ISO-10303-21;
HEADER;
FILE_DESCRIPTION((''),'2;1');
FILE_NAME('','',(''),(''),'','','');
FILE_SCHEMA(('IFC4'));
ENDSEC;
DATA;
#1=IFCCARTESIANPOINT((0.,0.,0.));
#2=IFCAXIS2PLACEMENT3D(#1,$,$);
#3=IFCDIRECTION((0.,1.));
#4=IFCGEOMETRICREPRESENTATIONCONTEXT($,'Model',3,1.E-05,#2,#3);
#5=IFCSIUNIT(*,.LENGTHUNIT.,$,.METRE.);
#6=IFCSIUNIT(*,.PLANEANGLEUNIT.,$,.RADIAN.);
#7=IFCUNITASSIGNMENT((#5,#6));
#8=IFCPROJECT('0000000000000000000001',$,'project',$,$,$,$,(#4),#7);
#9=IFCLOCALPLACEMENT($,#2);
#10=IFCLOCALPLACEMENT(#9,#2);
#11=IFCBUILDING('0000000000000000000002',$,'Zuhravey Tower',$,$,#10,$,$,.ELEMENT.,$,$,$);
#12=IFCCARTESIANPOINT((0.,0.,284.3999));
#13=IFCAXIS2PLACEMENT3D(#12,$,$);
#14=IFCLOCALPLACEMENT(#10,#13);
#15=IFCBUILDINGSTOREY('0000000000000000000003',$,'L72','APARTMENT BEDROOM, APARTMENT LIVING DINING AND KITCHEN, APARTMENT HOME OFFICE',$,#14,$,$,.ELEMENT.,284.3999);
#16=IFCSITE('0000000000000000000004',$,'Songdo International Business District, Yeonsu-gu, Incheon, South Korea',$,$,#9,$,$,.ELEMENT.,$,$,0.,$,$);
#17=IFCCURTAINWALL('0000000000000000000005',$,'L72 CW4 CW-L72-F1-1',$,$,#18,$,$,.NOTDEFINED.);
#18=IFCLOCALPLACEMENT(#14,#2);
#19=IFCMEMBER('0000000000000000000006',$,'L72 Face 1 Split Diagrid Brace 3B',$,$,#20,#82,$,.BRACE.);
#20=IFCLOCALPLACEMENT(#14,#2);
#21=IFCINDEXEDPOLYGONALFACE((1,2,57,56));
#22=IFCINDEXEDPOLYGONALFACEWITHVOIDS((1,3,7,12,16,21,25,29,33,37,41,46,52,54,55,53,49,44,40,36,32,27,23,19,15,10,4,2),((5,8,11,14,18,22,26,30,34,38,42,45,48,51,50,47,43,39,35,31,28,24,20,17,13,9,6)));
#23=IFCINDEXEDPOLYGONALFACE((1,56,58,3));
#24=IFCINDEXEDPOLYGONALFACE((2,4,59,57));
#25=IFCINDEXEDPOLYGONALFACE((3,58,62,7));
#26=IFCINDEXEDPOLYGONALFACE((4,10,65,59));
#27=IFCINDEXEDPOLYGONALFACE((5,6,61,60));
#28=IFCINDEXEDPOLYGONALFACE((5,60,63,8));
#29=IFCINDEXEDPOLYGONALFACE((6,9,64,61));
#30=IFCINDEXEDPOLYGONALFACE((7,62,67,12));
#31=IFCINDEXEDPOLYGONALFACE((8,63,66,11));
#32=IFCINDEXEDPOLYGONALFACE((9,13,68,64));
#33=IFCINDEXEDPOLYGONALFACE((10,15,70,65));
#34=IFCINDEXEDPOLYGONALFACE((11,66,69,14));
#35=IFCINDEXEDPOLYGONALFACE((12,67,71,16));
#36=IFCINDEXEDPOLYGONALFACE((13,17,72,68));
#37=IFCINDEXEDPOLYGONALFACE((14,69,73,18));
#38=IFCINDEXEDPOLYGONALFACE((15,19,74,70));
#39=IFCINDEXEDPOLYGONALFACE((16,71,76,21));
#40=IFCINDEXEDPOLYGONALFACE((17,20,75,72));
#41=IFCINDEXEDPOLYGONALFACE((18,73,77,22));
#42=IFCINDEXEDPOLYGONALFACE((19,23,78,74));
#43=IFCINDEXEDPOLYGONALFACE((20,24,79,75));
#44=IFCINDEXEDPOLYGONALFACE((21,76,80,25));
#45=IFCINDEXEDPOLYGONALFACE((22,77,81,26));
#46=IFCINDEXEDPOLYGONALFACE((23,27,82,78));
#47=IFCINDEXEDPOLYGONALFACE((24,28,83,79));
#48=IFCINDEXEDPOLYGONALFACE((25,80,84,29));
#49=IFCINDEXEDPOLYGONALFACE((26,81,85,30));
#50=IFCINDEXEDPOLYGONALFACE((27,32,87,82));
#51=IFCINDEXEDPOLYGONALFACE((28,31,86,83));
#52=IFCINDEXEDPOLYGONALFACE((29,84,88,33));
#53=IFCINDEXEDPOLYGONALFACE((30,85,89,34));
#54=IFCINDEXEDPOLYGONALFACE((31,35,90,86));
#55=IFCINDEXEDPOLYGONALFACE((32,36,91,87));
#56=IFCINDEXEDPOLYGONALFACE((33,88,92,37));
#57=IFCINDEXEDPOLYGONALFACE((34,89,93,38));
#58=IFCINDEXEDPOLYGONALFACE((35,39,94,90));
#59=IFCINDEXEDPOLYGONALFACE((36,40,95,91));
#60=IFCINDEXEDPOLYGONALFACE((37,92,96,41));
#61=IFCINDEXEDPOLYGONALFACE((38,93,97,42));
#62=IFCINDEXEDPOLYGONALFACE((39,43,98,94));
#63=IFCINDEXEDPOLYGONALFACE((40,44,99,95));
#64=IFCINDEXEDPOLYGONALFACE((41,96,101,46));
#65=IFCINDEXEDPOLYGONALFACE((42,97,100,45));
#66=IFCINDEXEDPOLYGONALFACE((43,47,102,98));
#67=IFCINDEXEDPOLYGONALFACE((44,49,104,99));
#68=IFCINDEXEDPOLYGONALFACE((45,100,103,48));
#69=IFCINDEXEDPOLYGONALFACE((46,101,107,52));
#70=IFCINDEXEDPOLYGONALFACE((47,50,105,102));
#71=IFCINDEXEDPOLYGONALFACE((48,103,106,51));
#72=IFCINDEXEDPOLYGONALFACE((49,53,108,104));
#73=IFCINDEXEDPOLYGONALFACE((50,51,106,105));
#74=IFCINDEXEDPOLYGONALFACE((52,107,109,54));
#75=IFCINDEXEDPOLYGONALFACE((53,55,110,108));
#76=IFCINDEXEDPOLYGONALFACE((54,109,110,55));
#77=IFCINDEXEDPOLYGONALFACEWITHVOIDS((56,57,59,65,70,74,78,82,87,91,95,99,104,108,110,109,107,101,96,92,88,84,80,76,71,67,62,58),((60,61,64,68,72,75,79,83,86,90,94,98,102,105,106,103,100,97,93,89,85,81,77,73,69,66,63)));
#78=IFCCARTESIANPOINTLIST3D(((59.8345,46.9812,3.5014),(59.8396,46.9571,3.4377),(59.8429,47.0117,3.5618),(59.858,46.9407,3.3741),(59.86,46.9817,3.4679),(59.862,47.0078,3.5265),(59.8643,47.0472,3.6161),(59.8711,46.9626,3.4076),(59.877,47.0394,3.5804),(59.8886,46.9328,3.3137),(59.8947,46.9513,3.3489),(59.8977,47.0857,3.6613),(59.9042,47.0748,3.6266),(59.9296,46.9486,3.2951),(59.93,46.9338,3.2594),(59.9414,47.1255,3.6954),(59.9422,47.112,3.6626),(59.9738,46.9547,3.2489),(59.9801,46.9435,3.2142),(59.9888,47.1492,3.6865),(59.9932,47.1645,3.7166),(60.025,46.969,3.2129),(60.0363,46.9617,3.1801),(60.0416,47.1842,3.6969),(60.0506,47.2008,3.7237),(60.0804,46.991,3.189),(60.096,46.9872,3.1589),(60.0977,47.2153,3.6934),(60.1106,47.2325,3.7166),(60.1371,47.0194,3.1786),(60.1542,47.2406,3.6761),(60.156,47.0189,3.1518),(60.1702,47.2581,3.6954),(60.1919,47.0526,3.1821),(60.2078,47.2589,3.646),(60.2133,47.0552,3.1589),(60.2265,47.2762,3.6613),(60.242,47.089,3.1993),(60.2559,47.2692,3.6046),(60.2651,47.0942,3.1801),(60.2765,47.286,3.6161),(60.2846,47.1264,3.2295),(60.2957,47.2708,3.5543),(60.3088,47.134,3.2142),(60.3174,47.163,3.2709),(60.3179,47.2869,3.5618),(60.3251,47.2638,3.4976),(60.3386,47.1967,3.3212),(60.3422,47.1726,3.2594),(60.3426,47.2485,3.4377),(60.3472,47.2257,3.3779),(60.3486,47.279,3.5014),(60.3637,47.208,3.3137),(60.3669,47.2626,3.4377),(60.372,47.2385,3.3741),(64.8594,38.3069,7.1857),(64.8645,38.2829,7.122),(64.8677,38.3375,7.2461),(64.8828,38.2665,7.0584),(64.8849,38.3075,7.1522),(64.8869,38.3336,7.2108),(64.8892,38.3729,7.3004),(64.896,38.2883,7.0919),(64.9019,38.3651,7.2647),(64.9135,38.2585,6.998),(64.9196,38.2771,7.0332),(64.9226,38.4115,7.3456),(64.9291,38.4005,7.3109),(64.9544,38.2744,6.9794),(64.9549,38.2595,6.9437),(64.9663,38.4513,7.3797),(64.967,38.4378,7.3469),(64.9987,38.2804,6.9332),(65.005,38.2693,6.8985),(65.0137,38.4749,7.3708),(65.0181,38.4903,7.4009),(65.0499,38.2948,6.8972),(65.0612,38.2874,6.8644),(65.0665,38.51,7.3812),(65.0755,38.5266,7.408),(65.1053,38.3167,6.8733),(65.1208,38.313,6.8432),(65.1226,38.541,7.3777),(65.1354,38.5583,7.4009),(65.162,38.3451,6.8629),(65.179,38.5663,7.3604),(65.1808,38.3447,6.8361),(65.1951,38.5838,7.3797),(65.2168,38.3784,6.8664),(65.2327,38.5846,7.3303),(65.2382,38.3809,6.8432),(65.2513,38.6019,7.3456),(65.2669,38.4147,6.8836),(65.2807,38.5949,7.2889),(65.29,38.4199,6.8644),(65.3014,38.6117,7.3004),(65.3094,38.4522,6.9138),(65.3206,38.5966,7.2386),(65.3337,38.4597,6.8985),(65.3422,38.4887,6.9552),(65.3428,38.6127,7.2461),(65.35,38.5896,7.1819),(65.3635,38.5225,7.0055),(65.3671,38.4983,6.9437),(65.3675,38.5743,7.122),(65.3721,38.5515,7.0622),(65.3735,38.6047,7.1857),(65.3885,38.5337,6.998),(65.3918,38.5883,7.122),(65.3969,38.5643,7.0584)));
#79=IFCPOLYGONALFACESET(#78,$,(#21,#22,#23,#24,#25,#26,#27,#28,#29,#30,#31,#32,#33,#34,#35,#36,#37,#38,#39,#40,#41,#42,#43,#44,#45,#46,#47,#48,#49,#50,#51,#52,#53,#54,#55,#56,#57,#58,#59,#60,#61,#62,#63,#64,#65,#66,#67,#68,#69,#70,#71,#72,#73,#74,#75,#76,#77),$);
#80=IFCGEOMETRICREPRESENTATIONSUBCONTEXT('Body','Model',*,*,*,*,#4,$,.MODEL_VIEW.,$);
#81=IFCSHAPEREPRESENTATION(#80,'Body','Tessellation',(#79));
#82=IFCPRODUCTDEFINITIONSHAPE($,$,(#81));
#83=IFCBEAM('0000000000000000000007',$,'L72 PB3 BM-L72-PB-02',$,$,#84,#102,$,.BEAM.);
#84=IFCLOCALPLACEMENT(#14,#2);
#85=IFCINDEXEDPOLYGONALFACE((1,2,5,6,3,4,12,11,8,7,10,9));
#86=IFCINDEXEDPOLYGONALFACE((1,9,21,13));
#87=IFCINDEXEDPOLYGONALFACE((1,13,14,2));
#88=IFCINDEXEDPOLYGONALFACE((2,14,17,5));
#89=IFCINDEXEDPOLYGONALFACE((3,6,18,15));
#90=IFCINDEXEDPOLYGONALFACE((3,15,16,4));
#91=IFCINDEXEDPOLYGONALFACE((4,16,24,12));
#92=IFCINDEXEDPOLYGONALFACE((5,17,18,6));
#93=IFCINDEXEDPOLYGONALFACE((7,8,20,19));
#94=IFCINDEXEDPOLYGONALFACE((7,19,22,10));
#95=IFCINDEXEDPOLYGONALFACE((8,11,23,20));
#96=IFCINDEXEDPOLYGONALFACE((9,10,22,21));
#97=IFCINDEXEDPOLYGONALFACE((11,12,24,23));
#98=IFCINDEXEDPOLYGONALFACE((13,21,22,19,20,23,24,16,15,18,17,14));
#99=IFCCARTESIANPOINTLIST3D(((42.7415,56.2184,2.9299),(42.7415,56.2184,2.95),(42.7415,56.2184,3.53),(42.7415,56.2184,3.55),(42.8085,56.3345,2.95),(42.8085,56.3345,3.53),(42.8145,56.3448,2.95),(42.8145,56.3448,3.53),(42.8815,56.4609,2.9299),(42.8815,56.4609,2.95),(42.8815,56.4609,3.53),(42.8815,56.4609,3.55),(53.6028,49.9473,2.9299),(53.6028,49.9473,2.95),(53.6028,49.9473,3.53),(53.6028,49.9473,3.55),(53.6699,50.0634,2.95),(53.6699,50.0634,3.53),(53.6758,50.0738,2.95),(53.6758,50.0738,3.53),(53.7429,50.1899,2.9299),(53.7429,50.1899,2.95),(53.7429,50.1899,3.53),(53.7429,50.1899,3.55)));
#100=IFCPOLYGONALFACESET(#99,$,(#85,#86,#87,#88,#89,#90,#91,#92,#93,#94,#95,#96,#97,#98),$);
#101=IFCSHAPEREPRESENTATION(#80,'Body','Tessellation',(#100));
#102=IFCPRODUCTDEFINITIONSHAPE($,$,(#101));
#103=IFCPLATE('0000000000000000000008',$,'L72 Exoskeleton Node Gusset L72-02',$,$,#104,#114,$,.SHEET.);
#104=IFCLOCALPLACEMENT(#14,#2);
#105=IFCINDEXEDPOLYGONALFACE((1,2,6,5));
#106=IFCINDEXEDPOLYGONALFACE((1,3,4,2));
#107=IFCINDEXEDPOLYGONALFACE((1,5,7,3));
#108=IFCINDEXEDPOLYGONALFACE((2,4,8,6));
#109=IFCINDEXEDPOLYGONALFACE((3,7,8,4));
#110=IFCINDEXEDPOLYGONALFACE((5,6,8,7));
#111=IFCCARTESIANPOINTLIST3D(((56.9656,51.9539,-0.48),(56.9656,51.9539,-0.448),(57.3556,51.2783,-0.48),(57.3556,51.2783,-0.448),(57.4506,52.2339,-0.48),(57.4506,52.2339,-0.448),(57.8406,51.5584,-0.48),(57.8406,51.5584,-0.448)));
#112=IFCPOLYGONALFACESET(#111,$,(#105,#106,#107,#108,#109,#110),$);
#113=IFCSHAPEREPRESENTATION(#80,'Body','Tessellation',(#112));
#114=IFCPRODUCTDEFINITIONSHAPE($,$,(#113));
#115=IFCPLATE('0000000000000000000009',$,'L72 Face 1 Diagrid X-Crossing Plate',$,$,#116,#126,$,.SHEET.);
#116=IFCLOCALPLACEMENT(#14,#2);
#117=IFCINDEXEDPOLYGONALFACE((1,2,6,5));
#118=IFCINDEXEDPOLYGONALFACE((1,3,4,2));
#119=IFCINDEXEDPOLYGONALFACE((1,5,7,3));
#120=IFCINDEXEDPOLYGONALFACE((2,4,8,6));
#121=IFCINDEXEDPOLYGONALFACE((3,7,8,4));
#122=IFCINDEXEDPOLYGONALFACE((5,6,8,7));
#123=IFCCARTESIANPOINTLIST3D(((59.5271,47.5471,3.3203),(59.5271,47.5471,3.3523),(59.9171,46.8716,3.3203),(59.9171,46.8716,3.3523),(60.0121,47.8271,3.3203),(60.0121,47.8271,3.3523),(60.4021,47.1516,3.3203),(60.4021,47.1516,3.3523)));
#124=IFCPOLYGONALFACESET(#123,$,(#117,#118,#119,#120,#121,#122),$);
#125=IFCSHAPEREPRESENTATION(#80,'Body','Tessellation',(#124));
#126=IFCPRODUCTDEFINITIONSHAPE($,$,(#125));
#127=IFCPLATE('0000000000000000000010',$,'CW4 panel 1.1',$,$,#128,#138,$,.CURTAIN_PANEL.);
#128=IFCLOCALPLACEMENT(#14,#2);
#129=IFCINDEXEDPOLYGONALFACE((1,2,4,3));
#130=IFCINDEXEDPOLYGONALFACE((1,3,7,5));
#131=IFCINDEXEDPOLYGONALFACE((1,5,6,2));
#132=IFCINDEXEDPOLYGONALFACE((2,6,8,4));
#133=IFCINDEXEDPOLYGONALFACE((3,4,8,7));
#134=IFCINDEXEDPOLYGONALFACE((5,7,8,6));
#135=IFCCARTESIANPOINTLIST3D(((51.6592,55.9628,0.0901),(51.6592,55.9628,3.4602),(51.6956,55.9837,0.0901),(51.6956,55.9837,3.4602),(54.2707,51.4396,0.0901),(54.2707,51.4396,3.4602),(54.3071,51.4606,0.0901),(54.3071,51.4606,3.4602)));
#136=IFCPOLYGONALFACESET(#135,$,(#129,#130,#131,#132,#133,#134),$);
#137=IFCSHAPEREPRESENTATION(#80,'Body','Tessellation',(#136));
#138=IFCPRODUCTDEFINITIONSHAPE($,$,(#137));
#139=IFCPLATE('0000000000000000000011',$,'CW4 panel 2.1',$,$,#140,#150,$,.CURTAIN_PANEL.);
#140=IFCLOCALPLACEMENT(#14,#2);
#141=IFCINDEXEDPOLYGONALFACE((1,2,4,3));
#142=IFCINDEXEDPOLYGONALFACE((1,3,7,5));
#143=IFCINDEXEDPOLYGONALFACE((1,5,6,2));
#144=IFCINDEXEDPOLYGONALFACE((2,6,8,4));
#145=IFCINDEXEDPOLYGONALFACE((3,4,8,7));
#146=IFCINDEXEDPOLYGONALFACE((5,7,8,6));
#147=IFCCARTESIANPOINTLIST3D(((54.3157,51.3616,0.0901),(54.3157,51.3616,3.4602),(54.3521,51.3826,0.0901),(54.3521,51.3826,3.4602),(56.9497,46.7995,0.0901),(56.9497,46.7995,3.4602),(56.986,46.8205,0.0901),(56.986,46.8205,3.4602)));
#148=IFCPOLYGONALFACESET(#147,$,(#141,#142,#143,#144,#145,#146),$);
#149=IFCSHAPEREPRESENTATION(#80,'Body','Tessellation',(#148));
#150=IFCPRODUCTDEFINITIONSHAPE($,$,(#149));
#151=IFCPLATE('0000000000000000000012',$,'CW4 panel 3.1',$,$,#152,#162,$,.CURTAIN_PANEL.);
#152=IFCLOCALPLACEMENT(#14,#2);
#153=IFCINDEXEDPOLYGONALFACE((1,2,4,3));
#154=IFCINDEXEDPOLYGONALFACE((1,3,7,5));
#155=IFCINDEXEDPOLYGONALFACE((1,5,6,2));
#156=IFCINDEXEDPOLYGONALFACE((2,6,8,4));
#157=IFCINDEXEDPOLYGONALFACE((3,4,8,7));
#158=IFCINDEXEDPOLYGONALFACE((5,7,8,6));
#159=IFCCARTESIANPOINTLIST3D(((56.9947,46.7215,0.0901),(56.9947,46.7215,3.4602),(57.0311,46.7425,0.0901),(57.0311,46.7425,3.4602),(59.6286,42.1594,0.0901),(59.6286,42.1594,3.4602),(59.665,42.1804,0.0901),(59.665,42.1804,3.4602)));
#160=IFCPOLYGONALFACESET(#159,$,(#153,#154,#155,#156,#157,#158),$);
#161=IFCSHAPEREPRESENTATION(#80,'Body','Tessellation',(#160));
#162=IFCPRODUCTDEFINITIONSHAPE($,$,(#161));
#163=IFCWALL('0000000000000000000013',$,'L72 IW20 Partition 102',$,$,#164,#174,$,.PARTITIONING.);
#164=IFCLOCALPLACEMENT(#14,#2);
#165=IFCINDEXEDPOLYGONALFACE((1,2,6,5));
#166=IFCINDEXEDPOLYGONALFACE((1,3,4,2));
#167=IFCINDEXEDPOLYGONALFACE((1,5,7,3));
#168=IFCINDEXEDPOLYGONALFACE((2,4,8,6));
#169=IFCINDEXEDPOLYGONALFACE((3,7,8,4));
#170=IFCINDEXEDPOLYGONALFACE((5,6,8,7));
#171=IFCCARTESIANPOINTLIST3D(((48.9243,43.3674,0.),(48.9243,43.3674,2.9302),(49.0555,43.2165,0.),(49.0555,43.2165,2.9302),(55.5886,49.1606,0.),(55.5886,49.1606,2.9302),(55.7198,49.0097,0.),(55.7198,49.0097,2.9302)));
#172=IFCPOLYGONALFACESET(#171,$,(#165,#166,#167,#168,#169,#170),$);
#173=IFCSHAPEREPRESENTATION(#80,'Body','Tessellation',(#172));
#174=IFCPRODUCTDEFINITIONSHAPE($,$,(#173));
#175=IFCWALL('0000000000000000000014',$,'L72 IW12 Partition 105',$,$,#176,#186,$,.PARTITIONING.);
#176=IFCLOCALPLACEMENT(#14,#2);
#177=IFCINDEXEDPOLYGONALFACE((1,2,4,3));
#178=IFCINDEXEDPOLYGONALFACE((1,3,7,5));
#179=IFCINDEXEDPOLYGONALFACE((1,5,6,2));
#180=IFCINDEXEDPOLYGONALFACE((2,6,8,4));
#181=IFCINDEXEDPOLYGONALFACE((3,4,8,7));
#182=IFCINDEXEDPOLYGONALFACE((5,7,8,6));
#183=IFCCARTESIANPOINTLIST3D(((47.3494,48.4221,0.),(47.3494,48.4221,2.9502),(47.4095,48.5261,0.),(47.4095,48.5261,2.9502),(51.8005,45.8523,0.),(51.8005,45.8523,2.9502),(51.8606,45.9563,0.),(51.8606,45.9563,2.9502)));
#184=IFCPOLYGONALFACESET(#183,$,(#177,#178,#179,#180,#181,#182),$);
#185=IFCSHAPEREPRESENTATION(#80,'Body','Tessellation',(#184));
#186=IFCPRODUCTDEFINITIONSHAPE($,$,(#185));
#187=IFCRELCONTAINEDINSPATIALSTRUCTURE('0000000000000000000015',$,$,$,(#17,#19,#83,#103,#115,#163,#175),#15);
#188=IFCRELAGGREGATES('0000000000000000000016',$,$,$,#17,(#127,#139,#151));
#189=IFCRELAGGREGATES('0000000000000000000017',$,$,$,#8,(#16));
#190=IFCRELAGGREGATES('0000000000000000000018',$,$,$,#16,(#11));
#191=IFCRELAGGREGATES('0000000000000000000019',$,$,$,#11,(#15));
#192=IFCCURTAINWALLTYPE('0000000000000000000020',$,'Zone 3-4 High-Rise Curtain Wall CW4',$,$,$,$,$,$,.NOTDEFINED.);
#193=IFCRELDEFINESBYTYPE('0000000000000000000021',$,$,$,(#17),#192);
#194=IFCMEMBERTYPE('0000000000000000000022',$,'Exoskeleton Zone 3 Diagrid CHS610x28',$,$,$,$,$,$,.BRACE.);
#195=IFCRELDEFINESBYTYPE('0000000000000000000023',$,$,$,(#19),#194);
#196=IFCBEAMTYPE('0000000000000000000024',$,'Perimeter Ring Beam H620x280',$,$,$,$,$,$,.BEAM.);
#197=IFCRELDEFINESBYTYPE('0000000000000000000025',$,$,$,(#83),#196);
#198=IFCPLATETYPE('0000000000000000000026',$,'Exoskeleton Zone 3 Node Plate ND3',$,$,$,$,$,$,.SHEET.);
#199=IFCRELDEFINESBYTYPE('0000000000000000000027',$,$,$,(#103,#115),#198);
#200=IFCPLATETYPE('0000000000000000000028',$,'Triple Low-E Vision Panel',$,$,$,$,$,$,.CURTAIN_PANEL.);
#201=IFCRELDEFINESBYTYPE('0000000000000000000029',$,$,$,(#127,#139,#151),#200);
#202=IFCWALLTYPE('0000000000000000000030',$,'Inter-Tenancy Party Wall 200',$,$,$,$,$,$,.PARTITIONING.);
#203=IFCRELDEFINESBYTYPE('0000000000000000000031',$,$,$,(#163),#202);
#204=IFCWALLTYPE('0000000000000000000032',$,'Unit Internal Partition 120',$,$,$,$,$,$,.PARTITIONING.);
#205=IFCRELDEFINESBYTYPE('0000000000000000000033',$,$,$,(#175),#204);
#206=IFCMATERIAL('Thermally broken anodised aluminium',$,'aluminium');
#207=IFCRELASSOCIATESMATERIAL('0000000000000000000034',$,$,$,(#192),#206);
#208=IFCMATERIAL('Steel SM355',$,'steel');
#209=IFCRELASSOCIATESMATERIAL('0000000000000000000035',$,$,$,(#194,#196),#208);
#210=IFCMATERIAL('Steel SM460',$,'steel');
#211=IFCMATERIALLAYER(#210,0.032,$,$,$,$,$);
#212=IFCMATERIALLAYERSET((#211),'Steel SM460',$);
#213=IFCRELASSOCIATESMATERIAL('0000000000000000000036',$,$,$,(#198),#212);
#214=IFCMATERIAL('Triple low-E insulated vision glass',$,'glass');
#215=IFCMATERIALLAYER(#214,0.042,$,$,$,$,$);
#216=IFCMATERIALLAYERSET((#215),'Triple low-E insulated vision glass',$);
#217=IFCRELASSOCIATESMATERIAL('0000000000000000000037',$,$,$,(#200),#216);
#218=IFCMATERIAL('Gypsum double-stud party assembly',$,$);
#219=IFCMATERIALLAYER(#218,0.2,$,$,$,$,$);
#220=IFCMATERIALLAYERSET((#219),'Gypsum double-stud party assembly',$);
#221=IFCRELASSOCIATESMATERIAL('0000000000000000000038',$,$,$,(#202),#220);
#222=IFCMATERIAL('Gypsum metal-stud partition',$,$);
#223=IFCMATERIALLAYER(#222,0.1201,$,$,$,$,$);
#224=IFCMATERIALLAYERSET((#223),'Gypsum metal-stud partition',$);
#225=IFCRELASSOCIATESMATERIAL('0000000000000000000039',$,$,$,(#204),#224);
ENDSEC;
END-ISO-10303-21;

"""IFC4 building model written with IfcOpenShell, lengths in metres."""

from ifc_helpers import new_model, si_unit, direction, frame, frame_2d, origin, origin_2d, place, context, subcontext, project, spatial, rectangle, hollow_circle, i_section, extrude, material, layer, layer_set, material_profile, profile_set, type_object, element, aggregate, save


model = new_model("IFC4")

# Units and contexts
model_context = context("Model", 3, precision=1e-05, world=origin(), true_north=direction((0.0, 1.0)))
body_context = subcontext(model_context, "Body", "Model", "MODEL_VIEW")
ifc_project = project(units=[si_unit("LENGTHUNIT", "METRE"), si_unit("PLANEANGLEUNIT", "RADIAN")], contexts=[model_context])

# Site, building, storey
site_placement = place(None, origin())
site = spatial("IfcSite", under=ifc_project, at=site_placement, Name="Songdo International Business District, Yeonsu-gu, Incheon, South Korea", CompositionType="ELEMENT", RefElevation=0.0)
building_placement = place(site_placement, origin())
building = spatial("IfcBuilding", under=site, at=building_placement, Name="Zuhravey Tower", CompositionType="ELEMENT")
storey_placement = place(building_placement, frame((0.0, 0.0, 284.3999)))
storey = spatial("IfcBuildingStorey", under=building, at=storey_placement, Name="L72", Description="APARTMENT BEDROOM, APARTMENT LIVING DINING AND KITCHEN, APARTMENT HOME OFFICE", CompositionType="ELEMENT", Elevation=284.3999)

# Curtain wall
ifc_material_1 = material(Name="Thermally broken anodised aluminium", Category="aluminium")
curtain_wall_type = type_object("IfcCurtainWallType", Name="Zone 3-4 High-Rise Curtain Wall CW4", PredefinedType="NOTDEFINED", material=ifc_material_1)
curtain_wall_placement = place(storey_placement, origin())
curtain_wall = element("IfcCurtainWall", 1, at=curtain_wall_placement, inside=storey, type_object=curtain_wall_type, Name="L72 CW4 CW-L72-F1-1", PredefinedType="NOTDEFINED")

# Member
ifc_material_2 = material(Name="Steel SM355", Category="steel")
ifc_material_profile_1 = material_profile(ifc_material_2, hollow_circle(Radius=0.3047, WallThickness=0.0281, at=origin_2d()), Name="CHS-609.6x28")
ifc_profile_set_1 = profile_set([ifc_material_profile_1], Name="Steel SM355")
member_type_1 = type_object("IfcMemberType", Name="Exoskeleton Zone 3 Diagrid CHS610x28", PredefinedType="BRACE", material=ifc_profile_set_1)
member_1_placement = place(storey_placement, frame((60.1033, 47.1099, 3.4377), z_axis=(0.470486, -0.812183, 0.344966), x_axis=(0.8653, 0.501255, 0.0)))
element("IfcMember", 2, at=member_1_placement, inside=storey, type_object=member_type_1, Name="L72 Face 1 Split Diagrid Brace 3B", PredefinedType="BRACE", context=body_context, shape_type="SweptSolid", body=[
    extrude(hollow_circle(Radius=0.3047, WallThickness=0.0281, at=origin_2d()), origin(), (0.0, 0.0, 1.0), 10.6802),
])

# Beam
ifc_material_profile_2 = material_profile(ifc_material_2, i_section(OverallWidth=0.28, OverallDepth=0.6201, WebThickness=0.012, FlangeThickness=0.02, at=origin_2d()), Name="H-620x280x12x20")
ifc_profile_set_2 = profile_set([ifc_material_profile_2], Name="Steel SM355")
beam_type = type_object("IfcBeamType", Name="Perimeter Ring Beam H620x280", PredefinedType="BEAM", material=ifc_profile_set_2)
beam_placement = place(storey_placement, frame((53.6729, 50.0686, 3.24), z_axis=(-0.866018, 0.500012, 0.0), x_axis=(-0.500012, -0.866018, 0.0)))
element("IfcBeam", 3, at=beam_placement, inside=storey, type_object=beam_type, Name="L72 PB3 BM-L72-PB-02", PredefinedType="BEAM", context=body_context, shape_type="SweptSolid", body=[
    extrude(i_section(OverallWidth=0.28, OverallDepth=0.6201, WebThickness=0.012, FlangeThickness=0.02, at=origin_2d()), origin(), (0.0, 0.0, 1.0), 12.5417),
])

# Plates
ifc_material_3 = material(Name="Steel SM460", Category="steel")
ifc_layer_1 = layer(ifc_material_3, 0.032)
ifc_layer_set_1 = layer_set([ifc_layer_1], Name="Steel SM460")
plate_type_1 = type_object("IfcPlateType", Name="Exoskeleton Zone 3 Node Plate ND3", PredefinedType="SHEET", material=ifc_layer_set_1)
for number, where, z_axis, x_axis, name in (
    (4, (57.4031, 51.7561, -0.48), (0.0, 0.0, 1.0), (-0.5, 0.866025, 0.0), "L72 Exoskeleton Node Gusset L72-02"),
    (5, (59.9646, 47.3494, 3.3203), (0.0, 0.0, 1.0), (-0.5, 0.866025, 0.0), "L72 Face 1 Diagrid X-Crossing Plate"),
):
    element("IfcPlate", number, at=place(storey_placement, frame(where, z_axis=z_axis, x_axis=x_axis)), inside=storey, type_object=plate_type_1, Name=name, PredefinedType="SHEET", context=body_context, shape_type="SweptSolid", body=[
        extrude(rectangle(XDim=0.78, YDim=0.5601, at=origin_2d()), origin(), (0.0, 0.0, 1.0), 0.032),
    ])

# Plates
ifc_material_4 = material(Name="Triple low-E insulated vision glass", Category="glass")
ifc_layer_2 = layer(ifc_material_4, 0.042)
ifc_layer_set_2 = layer_set([ifc_layer_2], Name="Triple low-E insulated vision glass")
plate_type_2 = type_object("IfcPlateType", Name="Triple Low-E Vision Panel", PredefinedType="CURTAIN_PANEL", material=ifc_layer_set_2)
plate_1_placement = place(storey_placement, frame((52.9832, 53.7117, 0.0901), z_axis=(0.0, 0.0, 1.0), x_axis=(0.500001, -0.866025, 0.0)))
plate_1 = element("IfcPlate", 6, at=plate_1_placement, type_object=plate_type_2, Name="CW4 panel 1.1", PredefinedType="CURTAIN_PANEL", context=body_context, shape_type="SweptSolid", body=[
    extrude(rectangle(XDim=5.2229, YDim=0.042, at=origin_2d()), origin(), (0.0, 0.0, 1.0), 3.3701),
])
plate_2_placement = place(storey_placement, frame((55.6509, 49.0911, 0.0901), z_axis=(0.0, 0.0, 1.0), x_axis=(0.500001, -0.866025, 0.0)))
plate_2 = element("IfcPlate", 7, at=plate_2_placement, type_object=plate_type_2, Name="CW4 panel 2.1", PredefinedType="CURTAIN_PANEL", context=body_context, shape_type="SweptSolid", body=[
    extrude(rectangle(XDim=5.2678, YDim=0.042, at=origin_2d()), origin(), (0.0, 0.0, 1.0), 3.3701),
])
plate_3_placement = place(storey_placement, frame((58.3298, 44.4509, 0.0901), z_axis=(0.0, 0.0, 1.0), x_axis=(0.500001, -0.866025, 0.0)))
plate_3 = element("IfcPlate", 8, at=plate_3_placement, type_object=plate_type_2, Name="CW4 panel 3.1", PredefinedType="CURTAIN_PANEL", context=body_context, shape_type="SweptSolid", body=[
    extrude(rectangle(XDim=5.2678, YDim=0.042, at=origin_2d()), origin(), (0.0, 0.0, 1.0), 3.3701),
])
aggregate(curtain_wall, [plate_1, plate_2, plate_3])

# Walls
ifc_material_5 = material(Name="Gypsum double-stud party assembly")
ifc_layer_3 = layer(ifc_material_5, 0.2)
ifc_layer_set_3 = layer_set([ifc_layer_3], Name="Gypsum double-stud party assembly")
wall_type_1 = type_object("IfcWallType", Name="Inter-Tenancy Party Wall 200", PredefinedType="PARTITIONING", material=ifc_layer_set_3)
wall_1_placement = place(storey_placement, frame((48.99, 43.292, 0.0), z_axis=(0.0, 0.0, 1.0), x_axis=(0.754708, 0.65606, 0.0)))
element("IfcWall", 9, at=wall_1_placement, inside=storey, type_object=wall_type_1, Name="L72 IW20 Partition 102", PredefinedType="PARTITIONING", context=body_context, shape_type="SweptSolid", body=[
    extrude(rectangle(XDim=8.8303, YDim=0.2, at=frame_2d((4.415, 0.0))), origin(), (0.0, 0.0, 1.0), 2.9302),
])
ifc_material_6 = material(Name="Gypsum metal-stud partition")
ifc_layer_4 = layer(ifc_material_6, 0.1201)
ifc_layer_set_4 = layer_set([ifc_layer_4], Name="Gypsum metal-stud partition")
wall_type_2 = type_object("IfcWallType", Name="Unit Internal Partition 120", PredefinedType="PARTITIONING", material=ifc_layer_set_4)
wall_2_placement = place(storey_placement, frame((51.8306, 45.9043, 0.0), z_axis=(0.0, 0.0, 1.0), x_axis=(-0.866031, 0.499991, 0.0)))
element("IfcWall", 10, at=wall_2_placement, inside=storey, type_object=wall_type_2, Name="L72 IW12 Partition 105", PredefinedType="PARTITIONING", context=body_context, shape_type="SweptSolid", body=[
    extrude(rectangle(XDim=5.1396, YDim=0.1201, at=frame_2d((2.5698, 0.0))), origin(), (0.0, 0.0, 1.0), 2.9502),
])

save(model, "model.ifc")
